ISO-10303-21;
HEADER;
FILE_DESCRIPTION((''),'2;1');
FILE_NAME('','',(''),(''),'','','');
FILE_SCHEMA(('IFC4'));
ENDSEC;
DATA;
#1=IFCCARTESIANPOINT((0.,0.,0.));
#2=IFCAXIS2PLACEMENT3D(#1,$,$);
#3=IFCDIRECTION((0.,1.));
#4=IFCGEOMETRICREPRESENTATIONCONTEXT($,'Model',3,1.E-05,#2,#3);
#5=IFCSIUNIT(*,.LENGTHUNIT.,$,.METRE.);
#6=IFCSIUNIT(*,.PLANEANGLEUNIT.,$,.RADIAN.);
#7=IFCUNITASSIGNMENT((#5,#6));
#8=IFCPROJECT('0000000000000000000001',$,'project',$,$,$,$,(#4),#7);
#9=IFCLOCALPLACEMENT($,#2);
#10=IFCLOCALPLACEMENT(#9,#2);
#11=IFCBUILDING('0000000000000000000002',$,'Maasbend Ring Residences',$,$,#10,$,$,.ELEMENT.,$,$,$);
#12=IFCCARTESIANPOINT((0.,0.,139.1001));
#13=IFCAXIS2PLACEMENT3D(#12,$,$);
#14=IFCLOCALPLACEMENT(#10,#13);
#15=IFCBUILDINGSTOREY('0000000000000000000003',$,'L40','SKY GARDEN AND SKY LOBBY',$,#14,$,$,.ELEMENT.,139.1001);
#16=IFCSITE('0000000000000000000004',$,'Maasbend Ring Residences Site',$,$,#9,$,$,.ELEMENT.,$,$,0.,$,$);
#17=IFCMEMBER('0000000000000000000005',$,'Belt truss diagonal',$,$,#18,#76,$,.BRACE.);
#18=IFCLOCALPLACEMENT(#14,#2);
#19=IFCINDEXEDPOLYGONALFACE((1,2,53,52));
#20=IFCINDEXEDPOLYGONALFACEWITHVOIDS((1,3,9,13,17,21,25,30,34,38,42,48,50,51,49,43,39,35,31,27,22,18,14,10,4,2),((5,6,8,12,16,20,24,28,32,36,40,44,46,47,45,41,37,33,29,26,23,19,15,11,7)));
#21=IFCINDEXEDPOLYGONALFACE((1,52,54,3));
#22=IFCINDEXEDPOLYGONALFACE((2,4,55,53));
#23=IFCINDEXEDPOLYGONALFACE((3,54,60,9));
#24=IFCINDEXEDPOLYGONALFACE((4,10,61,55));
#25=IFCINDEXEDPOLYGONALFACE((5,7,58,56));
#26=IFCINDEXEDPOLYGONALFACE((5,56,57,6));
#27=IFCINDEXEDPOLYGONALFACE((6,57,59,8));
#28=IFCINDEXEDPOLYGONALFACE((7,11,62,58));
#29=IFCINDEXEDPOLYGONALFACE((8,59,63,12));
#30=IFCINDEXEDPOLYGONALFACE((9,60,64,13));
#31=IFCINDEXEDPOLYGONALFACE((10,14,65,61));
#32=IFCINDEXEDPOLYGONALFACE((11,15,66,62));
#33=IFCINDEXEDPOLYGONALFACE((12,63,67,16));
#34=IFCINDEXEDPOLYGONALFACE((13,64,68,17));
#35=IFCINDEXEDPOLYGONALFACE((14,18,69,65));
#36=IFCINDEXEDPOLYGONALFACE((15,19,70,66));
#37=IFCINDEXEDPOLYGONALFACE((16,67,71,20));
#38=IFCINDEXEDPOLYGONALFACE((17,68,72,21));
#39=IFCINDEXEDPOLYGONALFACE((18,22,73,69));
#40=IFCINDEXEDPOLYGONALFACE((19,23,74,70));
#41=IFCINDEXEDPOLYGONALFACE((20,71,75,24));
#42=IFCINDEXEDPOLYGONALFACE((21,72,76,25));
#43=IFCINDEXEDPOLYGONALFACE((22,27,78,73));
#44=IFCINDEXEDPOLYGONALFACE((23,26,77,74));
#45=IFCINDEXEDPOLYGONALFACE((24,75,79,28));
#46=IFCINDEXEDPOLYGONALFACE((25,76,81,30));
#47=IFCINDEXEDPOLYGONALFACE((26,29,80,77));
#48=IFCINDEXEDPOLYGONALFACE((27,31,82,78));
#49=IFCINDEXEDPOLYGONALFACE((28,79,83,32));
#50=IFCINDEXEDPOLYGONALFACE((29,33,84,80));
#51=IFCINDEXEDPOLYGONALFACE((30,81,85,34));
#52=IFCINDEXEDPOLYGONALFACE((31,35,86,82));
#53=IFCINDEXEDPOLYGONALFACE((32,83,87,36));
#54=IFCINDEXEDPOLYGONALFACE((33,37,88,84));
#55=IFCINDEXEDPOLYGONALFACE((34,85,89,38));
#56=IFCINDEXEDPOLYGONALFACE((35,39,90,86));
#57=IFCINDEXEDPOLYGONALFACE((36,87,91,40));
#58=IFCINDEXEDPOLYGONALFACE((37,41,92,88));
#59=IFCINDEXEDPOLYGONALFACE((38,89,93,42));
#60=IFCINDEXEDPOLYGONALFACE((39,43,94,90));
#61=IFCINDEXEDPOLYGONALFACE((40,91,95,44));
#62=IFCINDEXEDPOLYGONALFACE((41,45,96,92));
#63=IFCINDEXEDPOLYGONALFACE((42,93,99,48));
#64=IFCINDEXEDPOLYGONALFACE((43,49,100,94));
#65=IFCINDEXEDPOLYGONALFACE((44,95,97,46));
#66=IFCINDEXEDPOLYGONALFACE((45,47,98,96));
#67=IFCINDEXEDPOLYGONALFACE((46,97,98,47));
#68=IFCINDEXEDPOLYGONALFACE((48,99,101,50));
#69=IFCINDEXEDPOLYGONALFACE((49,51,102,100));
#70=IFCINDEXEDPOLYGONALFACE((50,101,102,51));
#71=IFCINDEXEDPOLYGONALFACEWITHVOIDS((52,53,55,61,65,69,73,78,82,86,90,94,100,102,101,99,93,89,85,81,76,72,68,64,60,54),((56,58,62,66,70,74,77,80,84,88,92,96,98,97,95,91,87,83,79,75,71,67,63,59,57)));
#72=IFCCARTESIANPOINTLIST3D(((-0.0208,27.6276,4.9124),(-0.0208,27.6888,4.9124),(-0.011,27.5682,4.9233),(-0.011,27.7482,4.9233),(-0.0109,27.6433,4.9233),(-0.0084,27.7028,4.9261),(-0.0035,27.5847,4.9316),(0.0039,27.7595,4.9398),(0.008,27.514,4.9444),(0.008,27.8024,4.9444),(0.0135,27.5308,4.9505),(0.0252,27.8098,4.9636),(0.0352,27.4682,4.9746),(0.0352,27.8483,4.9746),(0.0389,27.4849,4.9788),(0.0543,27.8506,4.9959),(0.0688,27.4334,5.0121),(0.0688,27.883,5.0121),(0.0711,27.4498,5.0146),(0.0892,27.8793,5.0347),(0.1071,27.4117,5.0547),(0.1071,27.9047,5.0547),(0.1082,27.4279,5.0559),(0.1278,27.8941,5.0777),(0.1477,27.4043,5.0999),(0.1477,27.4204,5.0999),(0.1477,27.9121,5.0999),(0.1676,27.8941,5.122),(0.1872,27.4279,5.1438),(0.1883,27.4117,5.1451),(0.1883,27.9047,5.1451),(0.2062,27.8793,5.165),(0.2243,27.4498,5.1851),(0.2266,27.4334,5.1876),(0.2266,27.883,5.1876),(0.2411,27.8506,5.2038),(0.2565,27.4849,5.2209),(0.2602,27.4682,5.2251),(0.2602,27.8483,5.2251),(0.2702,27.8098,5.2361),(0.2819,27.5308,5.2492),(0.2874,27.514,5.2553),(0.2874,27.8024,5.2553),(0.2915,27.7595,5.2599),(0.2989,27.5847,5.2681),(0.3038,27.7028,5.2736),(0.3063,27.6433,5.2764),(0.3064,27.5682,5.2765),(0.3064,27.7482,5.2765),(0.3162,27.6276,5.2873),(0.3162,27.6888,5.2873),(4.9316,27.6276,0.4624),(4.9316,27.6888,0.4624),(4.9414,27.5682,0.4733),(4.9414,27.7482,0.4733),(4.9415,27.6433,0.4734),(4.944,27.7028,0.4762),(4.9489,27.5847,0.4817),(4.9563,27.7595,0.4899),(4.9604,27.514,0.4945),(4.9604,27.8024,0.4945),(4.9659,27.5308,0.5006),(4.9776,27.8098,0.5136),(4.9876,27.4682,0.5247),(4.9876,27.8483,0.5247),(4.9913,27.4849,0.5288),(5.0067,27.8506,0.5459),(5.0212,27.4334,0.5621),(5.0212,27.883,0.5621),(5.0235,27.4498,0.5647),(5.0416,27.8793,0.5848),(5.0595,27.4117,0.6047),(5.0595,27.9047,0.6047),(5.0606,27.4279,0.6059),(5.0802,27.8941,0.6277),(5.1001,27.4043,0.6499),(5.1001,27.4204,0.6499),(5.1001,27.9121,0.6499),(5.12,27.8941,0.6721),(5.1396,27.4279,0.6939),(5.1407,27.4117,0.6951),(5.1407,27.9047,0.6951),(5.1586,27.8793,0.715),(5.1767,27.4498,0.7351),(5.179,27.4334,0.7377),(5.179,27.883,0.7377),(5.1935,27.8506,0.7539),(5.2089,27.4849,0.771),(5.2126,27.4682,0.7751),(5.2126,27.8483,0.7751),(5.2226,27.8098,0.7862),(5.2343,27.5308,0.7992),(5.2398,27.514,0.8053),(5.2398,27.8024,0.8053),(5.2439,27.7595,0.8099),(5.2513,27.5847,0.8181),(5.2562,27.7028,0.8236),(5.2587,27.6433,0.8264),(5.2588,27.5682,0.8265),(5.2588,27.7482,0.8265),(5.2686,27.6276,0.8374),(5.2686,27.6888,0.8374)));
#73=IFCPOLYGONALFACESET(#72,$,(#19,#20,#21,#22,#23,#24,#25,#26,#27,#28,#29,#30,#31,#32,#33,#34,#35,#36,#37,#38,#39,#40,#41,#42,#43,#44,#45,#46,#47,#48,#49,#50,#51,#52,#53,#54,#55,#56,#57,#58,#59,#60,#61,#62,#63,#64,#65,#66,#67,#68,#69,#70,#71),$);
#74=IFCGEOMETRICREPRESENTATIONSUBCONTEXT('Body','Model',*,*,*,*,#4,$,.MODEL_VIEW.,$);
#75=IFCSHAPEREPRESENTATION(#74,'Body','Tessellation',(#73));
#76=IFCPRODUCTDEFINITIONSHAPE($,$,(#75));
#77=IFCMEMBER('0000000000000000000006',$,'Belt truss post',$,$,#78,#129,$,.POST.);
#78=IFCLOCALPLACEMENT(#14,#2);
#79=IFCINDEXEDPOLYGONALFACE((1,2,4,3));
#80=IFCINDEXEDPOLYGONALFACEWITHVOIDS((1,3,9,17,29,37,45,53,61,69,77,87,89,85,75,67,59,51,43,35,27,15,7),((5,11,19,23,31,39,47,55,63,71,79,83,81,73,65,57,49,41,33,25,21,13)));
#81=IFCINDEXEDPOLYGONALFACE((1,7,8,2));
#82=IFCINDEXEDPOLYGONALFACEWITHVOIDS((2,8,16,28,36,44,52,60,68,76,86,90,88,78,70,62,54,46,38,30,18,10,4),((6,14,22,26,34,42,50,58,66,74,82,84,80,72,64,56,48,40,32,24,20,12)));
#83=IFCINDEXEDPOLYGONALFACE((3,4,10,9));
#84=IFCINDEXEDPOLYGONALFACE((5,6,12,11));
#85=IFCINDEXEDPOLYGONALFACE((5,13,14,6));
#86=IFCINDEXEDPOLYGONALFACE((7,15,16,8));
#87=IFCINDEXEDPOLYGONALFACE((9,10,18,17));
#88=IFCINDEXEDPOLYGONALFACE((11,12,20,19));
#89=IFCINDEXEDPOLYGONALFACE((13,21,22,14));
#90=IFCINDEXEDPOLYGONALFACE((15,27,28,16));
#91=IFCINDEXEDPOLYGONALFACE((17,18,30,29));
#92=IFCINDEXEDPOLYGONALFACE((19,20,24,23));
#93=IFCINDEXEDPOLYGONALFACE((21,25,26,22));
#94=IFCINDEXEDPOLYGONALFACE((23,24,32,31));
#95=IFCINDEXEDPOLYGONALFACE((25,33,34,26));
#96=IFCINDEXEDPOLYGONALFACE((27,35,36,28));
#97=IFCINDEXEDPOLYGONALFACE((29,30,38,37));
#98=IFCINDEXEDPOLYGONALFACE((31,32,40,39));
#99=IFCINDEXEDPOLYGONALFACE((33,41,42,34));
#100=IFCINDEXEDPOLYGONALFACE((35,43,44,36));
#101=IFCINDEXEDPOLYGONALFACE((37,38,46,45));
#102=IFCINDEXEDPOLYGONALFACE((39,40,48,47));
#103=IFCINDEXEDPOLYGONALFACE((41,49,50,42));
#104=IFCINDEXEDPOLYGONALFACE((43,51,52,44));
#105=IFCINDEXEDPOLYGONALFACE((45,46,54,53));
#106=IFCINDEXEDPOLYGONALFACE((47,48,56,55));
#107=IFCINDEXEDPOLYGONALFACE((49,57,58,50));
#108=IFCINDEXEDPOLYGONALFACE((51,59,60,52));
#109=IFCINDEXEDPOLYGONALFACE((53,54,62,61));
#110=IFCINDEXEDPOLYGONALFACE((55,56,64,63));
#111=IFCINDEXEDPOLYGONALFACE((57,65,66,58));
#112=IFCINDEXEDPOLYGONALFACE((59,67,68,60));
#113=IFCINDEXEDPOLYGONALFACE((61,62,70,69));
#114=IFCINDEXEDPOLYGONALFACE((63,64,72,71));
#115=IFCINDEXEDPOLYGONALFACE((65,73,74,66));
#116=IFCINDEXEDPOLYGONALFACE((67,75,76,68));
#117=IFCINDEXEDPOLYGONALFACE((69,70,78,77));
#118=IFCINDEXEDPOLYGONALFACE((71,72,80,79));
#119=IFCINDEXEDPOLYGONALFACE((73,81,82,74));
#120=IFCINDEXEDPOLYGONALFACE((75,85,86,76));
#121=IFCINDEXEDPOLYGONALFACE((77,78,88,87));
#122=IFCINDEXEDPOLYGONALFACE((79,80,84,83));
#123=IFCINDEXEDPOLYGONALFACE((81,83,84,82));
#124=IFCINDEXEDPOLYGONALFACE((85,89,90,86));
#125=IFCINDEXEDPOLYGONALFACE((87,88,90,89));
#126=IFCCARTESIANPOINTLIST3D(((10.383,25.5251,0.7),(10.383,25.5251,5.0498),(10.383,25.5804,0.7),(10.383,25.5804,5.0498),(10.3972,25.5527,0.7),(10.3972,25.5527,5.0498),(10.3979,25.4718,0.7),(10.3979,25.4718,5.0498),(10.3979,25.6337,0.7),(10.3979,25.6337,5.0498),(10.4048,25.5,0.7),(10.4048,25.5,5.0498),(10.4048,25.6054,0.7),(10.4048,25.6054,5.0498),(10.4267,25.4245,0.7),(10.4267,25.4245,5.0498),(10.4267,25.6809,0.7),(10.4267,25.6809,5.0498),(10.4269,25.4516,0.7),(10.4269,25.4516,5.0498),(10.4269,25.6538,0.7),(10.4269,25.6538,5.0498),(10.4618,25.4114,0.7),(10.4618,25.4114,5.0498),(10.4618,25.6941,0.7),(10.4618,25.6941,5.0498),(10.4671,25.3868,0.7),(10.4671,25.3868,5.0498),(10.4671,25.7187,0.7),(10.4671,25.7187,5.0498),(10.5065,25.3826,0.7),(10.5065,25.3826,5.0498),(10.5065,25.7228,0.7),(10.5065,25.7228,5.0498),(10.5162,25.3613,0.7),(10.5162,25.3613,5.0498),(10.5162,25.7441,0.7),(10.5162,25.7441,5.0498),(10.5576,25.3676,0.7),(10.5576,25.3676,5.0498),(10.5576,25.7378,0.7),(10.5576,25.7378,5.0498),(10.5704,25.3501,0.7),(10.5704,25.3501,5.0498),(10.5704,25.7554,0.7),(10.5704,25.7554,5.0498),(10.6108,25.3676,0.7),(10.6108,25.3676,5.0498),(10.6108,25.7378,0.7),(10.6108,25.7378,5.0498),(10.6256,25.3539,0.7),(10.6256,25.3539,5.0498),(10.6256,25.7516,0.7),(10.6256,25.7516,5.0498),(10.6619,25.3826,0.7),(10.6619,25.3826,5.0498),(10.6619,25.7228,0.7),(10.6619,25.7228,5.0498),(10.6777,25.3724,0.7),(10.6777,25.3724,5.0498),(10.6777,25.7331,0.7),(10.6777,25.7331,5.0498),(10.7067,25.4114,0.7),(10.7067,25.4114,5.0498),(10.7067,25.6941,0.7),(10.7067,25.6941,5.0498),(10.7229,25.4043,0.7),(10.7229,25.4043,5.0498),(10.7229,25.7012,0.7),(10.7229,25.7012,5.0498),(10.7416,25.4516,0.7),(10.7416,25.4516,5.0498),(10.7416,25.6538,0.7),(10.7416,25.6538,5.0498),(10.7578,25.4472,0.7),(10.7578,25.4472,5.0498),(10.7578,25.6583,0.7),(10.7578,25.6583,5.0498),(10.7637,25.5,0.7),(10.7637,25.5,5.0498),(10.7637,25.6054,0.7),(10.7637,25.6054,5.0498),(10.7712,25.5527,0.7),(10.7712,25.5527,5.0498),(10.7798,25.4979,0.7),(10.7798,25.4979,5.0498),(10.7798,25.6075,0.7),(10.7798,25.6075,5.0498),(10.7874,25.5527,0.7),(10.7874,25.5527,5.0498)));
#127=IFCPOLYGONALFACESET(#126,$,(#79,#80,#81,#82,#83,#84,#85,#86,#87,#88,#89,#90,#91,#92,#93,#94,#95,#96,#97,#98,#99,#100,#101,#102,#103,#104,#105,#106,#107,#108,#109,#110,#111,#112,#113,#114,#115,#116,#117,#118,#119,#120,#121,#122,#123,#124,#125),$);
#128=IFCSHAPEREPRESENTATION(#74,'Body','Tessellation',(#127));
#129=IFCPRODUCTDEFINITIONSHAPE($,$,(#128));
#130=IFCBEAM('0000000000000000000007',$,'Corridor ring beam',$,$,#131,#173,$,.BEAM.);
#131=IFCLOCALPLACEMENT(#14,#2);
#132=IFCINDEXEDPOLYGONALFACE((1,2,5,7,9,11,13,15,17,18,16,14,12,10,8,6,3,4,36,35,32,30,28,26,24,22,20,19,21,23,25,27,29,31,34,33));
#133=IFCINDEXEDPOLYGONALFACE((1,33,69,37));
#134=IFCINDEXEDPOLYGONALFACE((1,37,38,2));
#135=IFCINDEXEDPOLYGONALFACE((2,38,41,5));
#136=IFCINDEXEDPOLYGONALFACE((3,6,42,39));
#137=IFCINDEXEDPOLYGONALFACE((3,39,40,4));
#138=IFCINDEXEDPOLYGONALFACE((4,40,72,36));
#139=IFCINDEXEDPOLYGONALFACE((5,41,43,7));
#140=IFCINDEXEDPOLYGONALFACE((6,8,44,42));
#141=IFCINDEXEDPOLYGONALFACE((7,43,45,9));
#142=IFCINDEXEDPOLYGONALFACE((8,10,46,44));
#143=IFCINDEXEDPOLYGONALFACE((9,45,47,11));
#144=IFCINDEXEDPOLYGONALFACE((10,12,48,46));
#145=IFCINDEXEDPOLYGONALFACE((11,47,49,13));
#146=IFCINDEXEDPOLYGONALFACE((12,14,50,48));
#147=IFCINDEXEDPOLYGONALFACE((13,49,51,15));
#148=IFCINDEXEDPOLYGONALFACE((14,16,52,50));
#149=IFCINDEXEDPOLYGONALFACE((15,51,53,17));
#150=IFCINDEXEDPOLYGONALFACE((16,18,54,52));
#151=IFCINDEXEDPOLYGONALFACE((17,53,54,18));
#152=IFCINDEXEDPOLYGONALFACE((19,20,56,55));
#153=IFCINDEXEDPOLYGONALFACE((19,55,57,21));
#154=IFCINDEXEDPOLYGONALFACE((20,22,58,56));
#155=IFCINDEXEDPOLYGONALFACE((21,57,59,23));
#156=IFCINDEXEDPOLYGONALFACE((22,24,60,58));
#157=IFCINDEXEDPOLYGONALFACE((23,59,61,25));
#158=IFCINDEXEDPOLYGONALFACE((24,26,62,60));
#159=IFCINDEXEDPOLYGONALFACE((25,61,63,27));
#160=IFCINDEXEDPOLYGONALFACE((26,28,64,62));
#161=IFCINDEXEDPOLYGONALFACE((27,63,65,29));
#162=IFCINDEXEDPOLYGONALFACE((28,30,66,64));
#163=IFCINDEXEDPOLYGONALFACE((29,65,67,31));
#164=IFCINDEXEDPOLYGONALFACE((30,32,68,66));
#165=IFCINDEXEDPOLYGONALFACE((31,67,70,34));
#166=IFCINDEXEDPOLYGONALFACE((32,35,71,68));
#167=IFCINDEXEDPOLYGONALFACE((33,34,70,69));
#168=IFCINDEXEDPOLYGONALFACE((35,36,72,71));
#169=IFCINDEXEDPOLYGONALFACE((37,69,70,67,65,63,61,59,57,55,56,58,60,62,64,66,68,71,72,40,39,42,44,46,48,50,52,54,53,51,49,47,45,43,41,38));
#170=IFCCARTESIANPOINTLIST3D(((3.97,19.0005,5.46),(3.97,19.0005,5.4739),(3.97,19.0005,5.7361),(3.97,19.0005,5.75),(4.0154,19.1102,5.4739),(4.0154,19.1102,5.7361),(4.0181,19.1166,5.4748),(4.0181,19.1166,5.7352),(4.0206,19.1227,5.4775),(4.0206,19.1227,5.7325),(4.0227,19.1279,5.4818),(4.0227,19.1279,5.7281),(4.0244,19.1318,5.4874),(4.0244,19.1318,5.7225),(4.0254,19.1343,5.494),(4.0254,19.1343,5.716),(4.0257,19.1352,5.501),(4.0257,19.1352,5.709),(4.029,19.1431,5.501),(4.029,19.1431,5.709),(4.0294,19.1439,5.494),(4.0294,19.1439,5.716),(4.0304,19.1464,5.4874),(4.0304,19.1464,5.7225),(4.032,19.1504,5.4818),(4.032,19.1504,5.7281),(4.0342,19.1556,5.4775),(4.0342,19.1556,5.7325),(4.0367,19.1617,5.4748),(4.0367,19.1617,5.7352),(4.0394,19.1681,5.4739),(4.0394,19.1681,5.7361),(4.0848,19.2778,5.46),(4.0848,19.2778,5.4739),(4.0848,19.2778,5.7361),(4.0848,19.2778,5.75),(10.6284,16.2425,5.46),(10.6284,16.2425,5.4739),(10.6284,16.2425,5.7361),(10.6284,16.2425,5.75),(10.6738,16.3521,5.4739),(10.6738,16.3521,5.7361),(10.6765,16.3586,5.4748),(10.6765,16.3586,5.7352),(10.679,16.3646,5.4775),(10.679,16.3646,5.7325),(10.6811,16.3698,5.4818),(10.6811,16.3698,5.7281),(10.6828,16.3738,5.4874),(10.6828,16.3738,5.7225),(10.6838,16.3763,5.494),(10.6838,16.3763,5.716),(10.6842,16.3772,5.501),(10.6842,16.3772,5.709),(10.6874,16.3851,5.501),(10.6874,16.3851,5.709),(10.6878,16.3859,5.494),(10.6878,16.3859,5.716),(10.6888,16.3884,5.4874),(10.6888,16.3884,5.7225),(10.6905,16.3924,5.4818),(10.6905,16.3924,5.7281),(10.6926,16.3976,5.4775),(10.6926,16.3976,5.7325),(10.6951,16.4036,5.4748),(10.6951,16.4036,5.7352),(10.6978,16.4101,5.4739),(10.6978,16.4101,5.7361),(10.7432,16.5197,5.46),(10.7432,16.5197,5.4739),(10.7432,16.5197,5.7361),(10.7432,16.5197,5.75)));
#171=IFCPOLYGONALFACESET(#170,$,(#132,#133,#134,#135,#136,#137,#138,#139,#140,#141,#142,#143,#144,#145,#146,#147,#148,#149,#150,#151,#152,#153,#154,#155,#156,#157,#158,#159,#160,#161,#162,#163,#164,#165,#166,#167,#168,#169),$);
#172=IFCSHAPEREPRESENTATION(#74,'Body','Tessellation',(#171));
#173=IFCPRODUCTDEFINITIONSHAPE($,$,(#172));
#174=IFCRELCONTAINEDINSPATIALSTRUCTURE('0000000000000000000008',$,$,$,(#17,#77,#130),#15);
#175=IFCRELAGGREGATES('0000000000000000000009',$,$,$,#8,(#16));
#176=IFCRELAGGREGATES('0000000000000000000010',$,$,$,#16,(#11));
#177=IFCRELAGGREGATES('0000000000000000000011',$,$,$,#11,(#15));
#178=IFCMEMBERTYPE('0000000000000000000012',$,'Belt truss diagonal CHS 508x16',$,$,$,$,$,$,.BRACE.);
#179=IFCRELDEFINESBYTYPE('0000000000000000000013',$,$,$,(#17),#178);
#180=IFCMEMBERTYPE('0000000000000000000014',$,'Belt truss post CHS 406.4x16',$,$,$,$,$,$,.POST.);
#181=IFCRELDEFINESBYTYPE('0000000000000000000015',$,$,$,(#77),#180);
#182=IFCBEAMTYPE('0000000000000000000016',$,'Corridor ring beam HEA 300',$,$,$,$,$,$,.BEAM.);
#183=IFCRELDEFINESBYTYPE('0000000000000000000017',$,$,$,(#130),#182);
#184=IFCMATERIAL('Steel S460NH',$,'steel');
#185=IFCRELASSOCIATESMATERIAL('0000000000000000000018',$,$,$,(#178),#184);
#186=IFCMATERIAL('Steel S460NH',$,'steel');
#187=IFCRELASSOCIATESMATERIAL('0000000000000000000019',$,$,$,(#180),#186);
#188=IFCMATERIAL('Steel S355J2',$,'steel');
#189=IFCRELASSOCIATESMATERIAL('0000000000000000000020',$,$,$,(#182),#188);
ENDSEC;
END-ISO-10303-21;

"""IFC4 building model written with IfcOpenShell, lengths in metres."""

from ifc_helpers import new_model, si_unit, direction, frame, origin, origin_2d, place, context, subcontext, project, spatial, hollow_circle, i_section, extrude, material, material_profile, profile_set, type_object, element, save


model = new_model("IFC4")

# Units and contexts
model_context = context("Model", 3, precision=1e-05, world=origin(), true_north=direction((0.0, 1.0)))
body_context = subcontext(model_context, "Body", "Model", "MODEL_VIEW")
ifc_project = project(units=[si_unit("LENGTHUNIT", "METRE"), si_unit("PLANEANGLEUNIT", "RADIAN")], contexts=[model_context])

# Site, building, storey
site_placement = place(None, origin())
site = spatial("IfcSite", under=ifc_project, at=site_placement, Name="Maasbend Ring Residences Site", CompositionType="ELEMENT", RefElevation=0.0)
building_placement = place(site_placement, origin())
building = spatial("IfcBuilding", under=site, at=building_placement, Name="Maasbend Ring Residences", CompositionType="ELEMENT")
storey_placement = place(building_placement, frame((0.0, 0.0, 139.1001)))
storey = spatial("IfcBuildingStorey", under=building, at=storey_placement, Name="L40", Description="SKY GARDEN AND SKY LOBBY", CompositionType="ELEMENT", Elevation=139.1001)

# Members
ifc_material_1 = material(Name="Steel S460NH", Category="steel")
ifc_material_profile_1 = material_profile(ifc_material_1, hollow_circle(Radius=0.2539, WallThickness=0.0161, at=origin_2d()), Name="Belt truss diagonal CHS 508x16")
ifc_profile_set_1 = profile_set([ifc_material_profile_1], Name="Steel S460NH")
member_type_1 = type_object("IfcMemberType", Name="Belt truss diagonal CHS 508x16", PredefinedType="BRACE", material=ifc_profile_set_1)
member_1_placement = place(storey_placement, frame((5.1001, 27.6582, 0.6499), z_axis=(-0.743832, 0.0, 0.668367), x_axis=(0.0, -1.0, 0.0)))
element("IfcMember", 1, at=member_1_placement, inside=storey, type_object=member_type_1, Name="Belt truss diagonal", PredefinedType="BRACE", context=body_context, shape_type="SweptSolid", body=[
    extrude(hollow_circle(Radius=0.2539, WallThickness=0.0161, at=origin_2d()), origin(), (0.0, 0.0, 1.0), 6.658),
])
ifc_material_2 = material(Name="Steel S460NH", Category="steel")
ifc_material_profile_2 = material_profile(ifc_material_2, hollow_circle(Radius=0.2031, WallThickness=0.0161, at=origin_2d()), Name="Belt truss post CHS 406.4x16")
ifc_profile_set_2 = profile_set([ifc_material_profile_2], Name="Steel S460NH")
member_type_2 = type_object("IfcMemberType", Name="Belt truss post CHS 406.4x16", PredefinedType="POST", material=ifc_profile_set_2)
member_2_placement = place(storey_placement, frame((10.5842, 25.5527, 0.7), z_axis=(0.0, 0.0, 1.0), x_axis=(1.0, 0.0, 0.0)))
element("IfcMember", 2, at=member_2_placement, inside=storey, type_object=member_type_2, Name="Belt truss post", PredefinedType="POST", context=body_context, shape_type="SweptSolid", body=[
    extrude(hollow_circle(Radius=0.2031, WallThickness=0.0161, at=origin_2d()), origin(), (0.0, 0.0, 1.0), 4.3499),
])

# Beam
ifc_material_3 = material(Name="Steel S355J2", Category="steel")
ifc_material_profile_3 = material_profile(ifc_material_3, i_section(OverallWidth=0.3, OverallDepth=0.29, WebThickness=0.0085, FlangeThickness=0.0139, FilletRadius=0.0271, at=origin_2d()), Name="HEA 300")
ifc_profile_set_3 = profile_set([ifc_material_profile_3], Name="Steel S355J2")
beam_type_1 = type_object("IfcBeamType", Name="Corridor ring beam HEA 300", PredefinedType="BEAM", material=ifc_profile_set_3)
for number, where, z_axis, x_axis, name in (
    (3, (10.6858, 16.3811, 5.605), (-0.923878, 0.382688, 0.0), (-0.382688, -0.923878, 0.0), "Corridor ring beam"),
):
    element("IfcBeam", number, at=place(storey_placement, frame(where, z_axis=z_axis, x_axis=x_axis)), inside=storey, type_object=beam_type_1, Name=name, PredefinedType="BEAM", context=body_context, shape_type="SweptSolid", body=[
        extrude(i_section(OverallWidth=0.3, OverallDepth=0.29, WebThickness=0.0085, FlangeThickness=0.0139, FilletRadius=0.0271, at=origin_2d()), origin(), (0.0, 0.0, 1.0), 7.207),
    ])

save(model, "model.ifc")
